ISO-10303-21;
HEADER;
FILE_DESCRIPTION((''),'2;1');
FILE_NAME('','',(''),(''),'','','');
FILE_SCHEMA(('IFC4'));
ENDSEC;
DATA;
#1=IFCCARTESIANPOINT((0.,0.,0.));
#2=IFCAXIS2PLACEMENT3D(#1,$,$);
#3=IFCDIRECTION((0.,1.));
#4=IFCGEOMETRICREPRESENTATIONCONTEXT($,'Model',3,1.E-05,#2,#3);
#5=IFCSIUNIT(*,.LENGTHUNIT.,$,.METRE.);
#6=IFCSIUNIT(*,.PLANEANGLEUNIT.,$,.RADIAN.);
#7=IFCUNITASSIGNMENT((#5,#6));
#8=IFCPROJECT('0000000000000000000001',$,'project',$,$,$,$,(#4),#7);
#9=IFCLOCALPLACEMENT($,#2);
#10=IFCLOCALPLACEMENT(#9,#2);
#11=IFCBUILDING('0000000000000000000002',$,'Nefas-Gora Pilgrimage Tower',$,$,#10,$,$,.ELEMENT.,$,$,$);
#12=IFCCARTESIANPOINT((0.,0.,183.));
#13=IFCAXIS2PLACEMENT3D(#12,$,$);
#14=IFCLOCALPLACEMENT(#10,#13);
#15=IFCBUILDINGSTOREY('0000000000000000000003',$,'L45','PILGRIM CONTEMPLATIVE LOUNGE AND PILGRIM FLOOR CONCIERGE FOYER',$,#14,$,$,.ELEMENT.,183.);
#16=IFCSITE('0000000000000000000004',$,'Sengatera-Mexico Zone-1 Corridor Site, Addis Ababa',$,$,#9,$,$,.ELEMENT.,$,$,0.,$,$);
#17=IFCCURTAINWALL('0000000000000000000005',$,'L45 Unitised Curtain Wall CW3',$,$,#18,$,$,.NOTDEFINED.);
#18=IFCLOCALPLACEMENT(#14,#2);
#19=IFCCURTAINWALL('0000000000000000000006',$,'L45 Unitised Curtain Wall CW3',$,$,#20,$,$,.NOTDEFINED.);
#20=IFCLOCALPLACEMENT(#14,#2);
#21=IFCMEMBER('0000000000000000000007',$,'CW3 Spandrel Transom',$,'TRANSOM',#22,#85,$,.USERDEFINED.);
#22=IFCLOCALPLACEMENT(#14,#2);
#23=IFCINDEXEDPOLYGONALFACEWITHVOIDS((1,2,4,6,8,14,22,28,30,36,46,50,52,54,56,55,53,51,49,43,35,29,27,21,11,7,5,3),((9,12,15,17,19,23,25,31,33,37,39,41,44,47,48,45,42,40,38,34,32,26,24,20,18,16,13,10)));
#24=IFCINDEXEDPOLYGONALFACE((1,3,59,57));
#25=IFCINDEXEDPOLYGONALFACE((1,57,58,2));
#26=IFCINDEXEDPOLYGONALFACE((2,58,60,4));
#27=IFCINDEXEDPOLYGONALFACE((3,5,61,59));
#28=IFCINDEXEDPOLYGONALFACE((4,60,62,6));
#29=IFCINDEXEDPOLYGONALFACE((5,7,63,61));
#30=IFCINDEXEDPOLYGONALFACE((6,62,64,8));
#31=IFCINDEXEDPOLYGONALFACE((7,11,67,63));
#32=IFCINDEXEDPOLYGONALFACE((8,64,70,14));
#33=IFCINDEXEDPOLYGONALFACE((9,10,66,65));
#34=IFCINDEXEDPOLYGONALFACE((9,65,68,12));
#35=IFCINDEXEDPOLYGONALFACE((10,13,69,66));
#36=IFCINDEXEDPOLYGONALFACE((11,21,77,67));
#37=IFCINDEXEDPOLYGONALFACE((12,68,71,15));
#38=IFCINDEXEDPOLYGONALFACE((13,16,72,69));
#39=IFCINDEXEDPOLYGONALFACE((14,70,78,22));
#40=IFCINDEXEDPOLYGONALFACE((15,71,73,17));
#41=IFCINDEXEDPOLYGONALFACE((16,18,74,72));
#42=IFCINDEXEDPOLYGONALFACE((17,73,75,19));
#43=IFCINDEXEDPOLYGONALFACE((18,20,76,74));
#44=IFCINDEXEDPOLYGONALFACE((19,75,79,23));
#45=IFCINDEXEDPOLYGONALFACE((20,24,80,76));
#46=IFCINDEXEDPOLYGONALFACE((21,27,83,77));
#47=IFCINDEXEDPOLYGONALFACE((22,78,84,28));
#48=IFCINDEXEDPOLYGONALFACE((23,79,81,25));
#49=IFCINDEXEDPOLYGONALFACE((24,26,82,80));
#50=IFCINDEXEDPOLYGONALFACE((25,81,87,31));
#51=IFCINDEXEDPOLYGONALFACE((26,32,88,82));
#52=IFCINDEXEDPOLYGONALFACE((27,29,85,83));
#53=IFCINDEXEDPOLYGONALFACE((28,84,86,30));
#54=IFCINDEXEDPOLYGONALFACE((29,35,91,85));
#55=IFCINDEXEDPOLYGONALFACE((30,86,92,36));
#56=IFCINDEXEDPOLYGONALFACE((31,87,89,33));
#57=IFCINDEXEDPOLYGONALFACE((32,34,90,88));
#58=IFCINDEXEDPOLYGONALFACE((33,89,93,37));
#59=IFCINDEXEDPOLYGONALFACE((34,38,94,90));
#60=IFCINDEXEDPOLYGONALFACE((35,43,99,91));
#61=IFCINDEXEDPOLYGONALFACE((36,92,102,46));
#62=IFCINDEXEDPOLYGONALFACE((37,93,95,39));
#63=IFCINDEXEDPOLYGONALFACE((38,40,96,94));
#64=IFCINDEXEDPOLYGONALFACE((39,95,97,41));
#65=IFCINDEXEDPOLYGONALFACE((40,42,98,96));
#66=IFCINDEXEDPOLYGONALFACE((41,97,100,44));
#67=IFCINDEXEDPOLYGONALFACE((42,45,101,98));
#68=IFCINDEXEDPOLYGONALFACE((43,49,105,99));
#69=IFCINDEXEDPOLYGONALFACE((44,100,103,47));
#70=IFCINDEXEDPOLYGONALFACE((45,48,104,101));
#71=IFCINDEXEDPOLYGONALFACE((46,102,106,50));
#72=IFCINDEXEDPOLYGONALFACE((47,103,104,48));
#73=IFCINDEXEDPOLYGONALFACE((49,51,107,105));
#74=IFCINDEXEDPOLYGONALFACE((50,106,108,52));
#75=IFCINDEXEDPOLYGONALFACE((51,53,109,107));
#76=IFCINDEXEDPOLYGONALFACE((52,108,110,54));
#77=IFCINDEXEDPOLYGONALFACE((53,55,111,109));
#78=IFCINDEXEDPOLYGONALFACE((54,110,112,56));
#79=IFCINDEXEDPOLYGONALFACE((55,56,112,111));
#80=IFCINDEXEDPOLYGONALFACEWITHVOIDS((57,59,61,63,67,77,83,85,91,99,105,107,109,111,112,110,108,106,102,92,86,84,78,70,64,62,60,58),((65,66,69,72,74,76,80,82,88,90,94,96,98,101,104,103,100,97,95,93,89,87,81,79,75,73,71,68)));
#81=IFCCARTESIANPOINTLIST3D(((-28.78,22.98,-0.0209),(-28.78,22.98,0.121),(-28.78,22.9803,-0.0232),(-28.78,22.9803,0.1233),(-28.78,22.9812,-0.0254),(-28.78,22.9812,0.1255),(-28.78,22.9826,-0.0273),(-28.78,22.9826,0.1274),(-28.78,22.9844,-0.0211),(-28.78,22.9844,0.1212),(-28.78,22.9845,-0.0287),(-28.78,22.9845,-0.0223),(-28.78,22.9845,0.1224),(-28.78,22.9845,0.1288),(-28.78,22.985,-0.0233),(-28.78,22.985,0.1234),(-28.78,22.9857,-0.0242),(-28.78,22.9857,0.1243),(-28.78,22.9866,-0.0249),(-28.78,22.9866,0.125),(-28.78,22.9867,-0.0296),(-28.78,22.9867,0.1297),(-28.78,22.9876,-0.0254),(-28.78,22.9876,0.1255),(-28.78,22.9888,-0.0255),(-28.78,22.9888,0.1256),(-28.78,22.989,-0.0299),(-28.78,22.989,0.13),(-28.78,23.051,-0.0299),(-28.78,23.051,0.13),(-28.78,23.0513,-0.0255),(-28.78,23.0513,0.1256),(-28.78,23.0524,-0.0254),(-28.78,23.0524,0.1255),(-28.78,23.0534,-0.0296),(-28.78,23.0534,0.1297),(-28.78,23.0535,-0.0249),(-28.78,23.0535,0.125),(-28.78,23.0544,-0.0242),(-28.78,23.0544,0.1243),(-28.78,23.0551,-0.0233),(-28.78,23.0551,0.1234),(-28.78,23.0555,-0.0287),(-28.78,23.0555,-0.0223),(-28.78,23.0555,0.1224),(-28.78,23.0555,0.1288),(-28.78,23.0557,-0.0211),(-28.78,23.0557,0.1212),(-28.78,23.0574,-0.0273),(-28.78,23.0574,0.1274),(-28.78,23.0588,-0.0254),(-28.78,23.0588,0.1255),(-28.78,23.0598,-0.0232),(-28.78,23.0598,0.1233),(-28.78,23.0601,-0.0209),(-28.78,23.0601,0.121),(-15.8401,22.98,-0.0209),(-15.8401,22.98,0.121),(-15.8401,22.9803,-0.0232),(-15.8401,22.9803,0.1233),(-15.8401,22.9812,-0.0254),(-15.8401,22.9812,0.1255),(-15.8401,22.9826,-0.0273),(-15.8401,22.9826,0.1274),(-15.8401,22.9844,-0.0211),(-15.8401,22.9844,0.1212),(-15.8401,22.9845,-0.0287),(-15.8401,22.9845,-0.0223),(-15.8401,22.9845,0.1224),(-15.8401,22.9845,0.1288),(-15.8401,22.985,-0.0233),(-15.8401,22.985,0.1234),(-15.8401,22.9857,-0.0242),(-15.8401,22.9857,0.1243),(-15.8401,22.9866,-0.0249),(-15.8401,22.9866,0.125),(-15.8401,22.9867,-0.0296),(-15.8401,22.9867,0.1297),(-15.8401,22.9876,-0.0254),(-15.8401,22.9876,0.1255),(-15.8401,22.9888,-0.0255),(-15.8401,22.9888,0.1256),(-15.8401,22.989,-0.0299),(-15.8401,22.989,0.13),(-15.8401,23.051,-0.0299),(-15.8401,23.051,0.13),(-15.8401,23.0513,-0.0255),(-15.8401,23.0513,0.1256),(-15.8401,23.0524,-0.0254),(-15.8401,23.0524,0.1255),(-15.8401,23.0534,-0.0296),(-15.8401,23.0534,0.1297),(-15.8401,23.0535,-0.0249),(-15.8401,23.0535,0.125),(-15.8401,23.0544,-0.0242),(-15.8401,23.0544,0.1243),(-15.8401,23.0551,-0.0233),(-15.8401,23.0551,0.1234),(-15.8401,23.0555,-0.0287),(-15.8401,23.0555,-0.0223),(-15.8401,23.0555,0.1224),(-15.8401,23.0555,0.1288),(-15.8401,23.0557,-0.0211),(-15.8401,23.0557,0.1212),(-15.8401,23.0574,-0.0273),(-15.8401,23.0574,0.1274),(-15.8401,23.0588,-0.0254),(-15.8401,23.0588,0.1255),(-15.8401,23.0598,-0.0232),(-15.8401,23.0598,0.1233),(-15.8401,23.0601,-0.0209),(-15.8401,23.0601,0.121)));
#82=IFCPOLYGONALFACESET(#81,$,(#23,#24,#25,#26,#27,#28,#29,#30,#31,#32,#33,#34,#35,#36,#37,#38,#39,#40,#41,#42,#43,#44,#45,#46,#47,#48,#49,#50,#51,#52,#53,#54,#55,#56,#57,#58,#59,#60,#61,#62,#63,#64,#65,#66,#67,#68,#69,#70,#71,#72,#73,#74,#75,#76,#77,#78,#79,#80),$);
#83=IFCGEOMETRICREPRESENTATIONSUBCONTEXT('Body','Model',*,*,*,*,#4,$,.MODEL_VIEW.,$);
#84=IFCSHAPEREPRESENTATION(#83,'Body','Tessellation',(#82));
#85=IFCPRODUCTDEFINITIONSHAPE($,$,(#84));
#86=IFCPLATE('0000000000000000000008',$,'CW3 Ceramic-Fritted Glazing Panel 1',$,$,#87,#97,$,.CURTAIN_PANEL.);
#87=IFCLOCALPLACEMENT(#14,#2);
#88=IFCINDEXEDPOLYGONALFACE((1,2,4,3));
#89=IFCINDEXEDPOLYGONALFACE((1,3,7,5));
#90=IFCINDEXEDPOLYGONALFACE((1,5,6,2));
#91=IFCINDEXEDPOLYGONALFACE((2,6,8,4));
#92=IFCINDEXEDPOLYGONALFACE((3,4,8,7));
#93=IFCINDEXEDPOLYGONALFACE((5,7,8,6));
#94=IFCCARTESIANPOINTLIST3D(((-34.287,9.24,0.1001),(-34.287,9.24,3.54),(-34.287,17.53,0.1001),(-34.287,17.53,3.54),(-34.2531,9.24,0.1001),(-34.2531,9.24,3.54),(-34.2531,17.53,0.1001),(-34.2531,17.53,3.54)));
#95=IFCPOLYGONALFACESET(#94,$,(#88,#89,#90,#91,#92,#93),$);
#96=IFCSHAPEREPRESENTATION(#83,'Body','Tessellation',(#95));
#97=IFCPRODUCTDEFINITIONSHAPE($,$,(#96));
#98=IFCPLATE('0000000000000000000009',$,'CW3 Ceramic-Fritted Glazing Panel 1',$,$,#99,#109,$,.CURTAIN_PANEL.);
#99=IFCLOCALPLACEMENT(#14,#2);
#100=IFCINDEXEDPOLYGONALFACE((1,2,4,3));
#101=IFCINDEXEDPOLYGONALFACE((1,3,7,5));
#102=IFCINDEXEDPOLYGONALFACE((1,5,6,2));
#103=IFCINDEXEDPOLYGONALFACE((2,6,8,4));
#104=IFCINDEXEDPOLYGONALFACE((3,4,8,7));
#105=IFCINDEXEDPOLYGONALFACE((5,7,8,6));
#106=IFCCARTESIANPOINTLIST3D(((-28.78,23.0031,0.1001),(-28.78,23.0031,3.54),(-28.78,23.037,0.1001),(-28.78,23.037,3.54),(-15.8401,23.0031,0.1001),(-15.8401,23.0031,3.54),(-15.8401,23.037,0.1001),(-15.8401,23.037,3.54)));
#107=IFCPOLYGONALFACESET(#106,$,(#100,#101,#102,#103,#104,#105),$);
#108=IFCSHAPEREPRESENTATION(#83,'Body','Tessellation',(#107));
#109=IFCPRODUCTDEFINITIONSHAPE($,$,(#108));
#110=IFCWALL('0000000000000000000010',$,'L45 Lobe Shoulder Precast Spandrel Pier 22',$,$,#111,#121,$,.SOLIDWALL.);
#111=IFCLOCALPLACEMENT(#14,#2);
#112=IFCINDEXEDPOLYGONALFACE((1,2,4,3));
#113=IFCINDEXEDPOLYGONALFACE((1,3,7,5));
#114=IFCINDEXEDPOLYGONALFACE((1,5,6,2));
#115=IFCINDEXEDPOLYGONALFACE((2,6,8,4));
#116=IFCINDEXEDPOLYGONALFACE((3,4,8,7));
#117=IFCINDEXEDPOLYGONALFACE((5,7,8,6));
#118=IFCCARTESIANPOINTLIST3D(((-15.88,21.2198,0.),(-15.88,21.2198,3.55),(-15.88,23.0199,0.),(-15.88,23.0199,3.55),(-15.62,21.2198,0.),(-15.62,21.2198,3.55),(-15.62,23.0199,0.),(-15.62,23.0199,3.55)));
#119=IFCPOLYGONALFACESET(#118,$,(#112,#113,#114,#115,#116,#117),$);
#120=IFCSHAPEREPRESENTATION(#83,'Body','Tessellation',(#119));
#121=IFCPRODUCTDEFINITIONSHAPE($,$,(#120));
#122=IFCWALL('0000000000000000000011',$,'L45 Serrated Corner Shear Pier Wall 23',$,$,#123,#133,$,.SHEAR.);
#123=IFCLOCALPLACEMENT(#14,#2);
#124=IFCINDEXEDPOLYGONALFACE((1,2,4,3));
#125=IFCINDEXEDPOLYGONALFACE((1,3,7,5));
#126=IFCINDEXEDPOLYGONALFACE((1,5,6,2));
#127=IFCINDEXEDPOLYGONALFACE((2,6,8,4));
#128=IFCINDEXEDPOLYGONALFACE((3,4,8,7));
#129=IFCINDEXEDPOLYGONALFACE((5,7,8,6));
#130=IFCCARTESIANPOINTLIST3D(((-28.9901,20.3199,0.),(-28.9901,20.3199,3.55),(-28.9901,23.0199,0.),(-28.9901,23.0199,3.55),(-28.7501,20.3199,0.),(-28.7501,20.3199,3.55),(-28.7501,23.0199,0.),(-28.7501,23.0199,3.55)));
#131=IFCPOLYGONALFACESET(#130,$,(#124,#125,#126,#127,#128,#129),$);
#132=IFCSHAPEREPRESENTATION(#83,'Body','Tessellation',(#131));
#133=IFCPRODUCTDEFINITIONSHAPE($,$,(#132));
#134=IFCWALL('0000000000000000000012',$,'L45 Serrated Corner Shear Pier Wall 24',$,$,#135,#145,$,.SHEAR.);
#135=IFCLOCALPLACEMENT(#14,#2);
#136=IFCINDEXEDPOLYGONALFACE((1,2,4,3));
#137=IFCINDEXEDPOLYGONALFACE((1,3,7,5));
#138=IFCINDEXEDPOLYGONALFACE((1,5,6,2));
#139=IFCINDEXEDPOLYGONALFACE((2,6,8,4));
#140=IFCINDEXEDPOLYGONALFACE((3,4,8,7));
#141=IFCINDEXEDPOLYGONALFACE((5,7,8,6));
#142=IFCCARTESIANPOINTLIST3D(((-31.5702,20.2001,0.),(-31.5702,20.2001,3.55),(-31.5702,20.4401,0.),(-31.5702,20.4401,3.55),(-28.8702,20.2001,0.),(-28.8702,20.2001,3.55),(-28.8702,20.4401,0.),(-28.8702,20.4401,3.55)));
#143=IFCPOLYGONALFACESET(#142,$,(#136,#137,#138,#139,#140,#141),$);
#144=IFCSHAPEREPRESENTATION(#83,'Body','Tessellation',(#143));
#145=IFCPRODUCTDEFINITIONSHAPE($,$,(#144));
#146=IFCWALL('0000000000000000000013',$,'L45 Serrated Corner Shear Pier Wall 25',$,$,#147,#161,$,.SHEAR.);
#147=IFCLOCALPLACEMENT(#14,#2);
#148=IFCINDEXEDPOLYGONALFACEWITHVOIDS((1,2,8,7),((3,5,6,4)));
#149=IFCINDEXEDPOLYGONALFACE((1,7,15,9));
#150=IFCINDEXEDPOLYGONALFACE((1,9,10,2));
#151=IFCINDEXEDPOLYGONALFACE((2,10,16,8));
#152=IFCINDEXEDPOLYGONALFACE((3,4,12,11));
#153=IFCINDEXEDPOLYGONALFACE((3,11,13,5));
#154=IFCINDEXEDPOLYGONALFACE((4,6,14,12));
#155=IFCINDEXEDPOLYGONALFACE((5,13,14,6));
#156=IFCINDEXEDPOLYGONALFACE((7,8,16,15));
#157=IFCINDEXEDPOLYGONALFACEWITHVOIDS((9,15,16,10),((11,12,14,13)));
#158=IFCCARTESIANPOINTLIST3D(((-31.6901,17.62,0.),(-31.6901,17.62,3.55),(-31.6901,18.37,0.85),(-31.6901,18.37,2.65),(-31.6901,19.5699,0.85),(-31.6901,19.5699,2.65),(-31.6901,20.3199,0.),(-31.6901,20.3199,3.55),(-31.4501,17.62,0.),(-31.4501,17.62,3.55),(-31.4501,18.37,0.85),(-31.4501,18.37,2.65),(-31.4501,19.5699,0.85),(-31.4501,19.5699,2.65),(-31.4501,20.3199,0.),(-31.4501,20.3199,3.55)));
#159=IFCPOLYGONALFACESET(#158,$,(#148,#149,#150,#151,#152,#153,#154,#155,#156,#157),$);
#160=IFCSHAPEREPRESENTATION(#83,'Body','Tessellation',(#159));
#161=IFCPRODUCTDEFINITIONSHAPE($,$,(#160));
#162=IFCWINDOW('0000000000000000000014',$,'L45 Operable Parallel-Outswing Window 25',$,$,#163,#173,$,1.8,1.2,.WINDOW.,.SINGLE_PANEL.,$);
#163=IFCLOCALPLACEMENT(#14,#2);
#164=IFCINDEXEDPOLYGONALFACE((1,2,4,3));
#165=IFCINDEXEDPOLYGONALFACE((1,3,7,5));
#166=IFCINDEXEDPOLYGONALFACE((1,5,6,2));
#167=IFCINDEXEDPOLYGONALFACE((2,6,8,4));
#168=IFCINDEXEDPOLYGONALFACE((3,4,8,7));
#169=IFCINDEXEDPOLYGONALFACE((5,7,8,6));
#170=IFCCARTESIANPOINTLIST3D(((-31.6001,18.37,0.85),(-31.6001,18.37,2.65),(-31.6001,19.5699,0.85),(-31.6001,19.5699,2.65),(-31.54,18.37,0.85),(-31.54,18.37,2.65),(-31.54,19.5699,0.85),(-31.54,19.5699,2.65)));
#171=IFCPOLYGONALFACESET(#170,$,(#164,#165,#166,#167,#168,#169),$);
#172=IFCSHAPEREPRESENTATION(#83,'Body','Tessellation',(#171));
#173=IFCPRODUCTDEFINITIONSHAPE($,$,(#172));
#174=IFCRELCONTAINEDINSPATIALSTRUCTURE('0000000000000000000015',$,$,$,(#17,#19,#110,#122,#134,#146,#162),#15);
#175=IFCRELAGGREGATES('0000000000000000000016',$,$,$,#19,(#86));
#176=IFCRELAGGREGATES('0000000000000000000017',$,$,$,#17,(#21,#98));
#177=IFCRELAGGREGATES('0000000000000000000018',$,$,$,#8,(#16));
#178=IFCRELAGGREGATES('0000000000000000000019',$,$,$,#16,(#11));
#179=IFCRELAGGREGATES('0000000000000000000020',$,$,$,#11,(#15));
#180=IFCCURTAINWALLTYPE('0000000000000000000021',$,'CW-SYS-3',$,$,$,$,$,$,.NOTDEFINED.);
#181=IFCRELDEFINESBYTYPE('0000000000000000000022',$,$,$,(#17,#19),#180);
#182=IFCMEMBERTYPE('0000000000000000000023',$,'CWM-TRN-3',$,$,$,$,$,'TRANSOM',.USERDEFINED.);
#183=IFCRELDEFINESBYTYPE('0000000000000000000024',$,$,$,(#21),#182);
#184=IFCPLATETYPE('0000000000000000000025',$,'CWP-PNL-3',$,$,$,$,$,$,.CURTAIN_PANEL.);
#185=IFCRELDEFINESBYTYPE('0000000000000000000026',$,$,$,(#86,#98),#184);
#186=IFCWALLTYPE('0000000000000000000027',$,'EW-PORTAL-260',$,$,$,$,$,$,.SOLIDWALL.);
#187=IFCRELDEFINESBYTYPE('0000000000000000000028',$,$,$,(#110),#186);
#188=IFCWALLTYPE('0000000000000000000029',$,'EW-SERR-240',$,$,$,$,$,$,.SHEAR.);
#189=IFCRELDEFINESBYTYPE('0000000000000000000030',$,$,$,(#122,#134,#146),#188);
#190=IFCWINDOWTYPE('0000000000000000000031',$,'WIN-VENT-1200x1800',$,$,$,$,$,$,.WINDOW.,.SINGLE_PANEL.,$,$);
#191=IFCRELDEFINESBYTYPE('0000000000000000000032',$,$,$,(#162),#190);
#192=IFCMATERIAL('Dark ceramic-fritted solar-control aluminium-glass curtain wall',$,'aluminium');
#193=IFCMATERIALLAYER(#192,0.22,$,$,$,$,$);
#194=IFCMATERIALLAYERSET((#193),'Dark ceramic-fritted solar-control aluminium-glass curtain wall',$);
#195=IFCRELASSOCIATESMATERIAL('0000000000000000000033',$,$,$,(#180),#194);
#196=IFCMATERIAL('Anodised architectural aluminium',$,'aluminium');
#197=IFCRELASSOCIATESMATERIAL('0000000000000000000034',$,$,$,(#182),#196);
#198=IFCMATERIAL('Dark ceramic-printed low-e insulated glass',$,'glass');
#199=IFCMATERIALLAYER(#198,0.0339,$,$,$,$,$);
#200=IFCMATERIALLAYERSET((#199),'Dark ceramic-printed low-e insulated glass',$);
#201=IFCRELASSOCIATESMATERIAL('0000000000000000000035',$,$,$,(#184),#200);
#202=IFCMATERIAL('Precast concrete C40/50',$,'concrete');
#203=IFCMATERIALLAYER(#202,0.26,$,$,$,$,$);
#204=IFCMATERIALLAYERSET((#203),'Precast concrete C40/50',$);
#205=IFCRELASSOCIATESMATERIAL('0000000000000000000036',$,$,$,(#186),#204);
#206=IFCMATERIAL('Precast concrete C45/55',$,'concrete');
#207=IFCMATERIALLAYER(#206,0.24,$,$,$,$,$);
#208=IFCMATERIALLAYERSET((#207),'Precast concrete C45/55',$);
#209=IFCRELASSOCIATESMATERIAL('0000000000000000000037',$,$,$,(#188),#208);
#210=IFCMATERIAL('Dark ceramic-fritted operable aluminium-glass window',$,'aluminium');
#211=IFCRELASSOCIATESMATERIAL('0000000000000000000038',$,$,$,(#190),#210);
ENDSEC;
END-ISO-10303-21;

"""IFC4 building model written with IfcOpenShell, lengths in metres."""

from ifc_helpers import new_model, si_unit, direction, frame, frame_2d, origin, origin_2d, place, context, subcontext, project, spatial, rectangle, hollow_rectangle, extrude, source, transform, mapped, material, layer, layer_set, material_profile, profile_set, type_object, element, fill, aggregate, save


model = new_model("IFC4")

# Units and contexts
model_context = context("Model", 3, precision=1e-05, world=origin(), true_north=direction((0.0, 1.0)))
body_context = subcontext(model_context, "Body", "Model", "MODEL_VIEW")
ifc_project = project(units=[si_unit("LENGTHUNIT", "METRE"), si_unit("PLANEANGLEUNIT", "RADIAN")], contexts=[model_context])

# Site, building, storey
site_placement = place(None, origin())
site = spatial("IfcSite", under=ifc_project, at=site_placement, Name="Sengatera-Mexico Zone-1 Corridor Site, Addis Ababa", CompositionType="ELEMENT", RefElevation=0.0)
building_placement = place(site_placement, origin())
building = spatial("IfcBuilding", under=site, at=building_placement, Name="Nefas-Gora Pilgrimage Tower", CompositionType="ELEMENT")
storey_placement = place(building_placement, frame((0.0, 0.0, 183.0)))
storey = spatial("IfcBuildingStorey", under=building, at=storey_placement, Name="L45", Description="PILGRIM CONTEMPLATIVE LOUNGE AND PILGRIM FLOOR CONCIERGE FOYER", CompositionType="ELEMENT", Elevation=183.0)

# Shared definitions
ifc_material_1 = material(Name="Dark ceramic-fritted solar-control aluminium-glass curtain wall", Category="aluminium")
ifc_material_2 = material(Name="Anodised architectural aluminium", Category="aluminium")

# Curtain walls
ifc_layer_1 = layer(ifc_material_1, 0.22)
ifc_layer_set_1 = layer_set([ifc_layer_1], Name="Dark ceramic-fritted solar-control aluminium-glass curtain wall")
curtain_wall_type_1 = type_object("IfcCurtainWallType", Name="CW-SYS-3", PredefinedType="NOTDEFINED", material=ifc_layer_set_1)
curtain_wall_1_placement = place(storey_placement, origin())
curtain_wall_1 = element("IfcCurtainWall", 1, at=curtain_wall_1_placement, inside=storey, type_object=curtain_wall_type_1, Name="L45 Unitised Curtain Wall CW3", PredefinedType="NOTDEFINED")
curtain_wall_2_placement = place(storey_placement, origin())
curtain_wall_2 = element("IfcCurtainWall", 2, at=curtain_wall_2_placement, inside=storey, type_object=curtain_wall_type_1, Name="L45 Unitised Curtain Wall CW3", PredefinedType="NOTDEFINED")
ifc_material_profile_1 = material_profile(ifc_material_2, hollow_rectangle(XDim=0.0801, YDim=0.1599, WallThickness=0.0044, InnerFilletRadius=0.0044, OuterFilletRadius=0.009, at=origin_2d()), Name="ALU TRANSOM 80x160")
ifc_profile_set_1 = profile_set([ifc_material_profile_1], Name="Anodised architectural aluminium")
member_type_1 = type_object("IfcMemberType", Name="CWM-TRN-3", ElementType="TRANSOM", PredefinedType="USERDEFINED", material=ifc_profile_set_1)

# Member
shared_shape_1 = source(origin(), body_context, "Body", "SweptSolid", [
    extrude(hollow_rectangle(XDim=0.0801, YDim=0.1599, WallThickness=0.0044, InnerFilletRadius=0.0044, OuterFilletRadius=0.009, at=origin_2d()), origin(), (0.0, 0.0, 1.0), 12.9399),
])
member_1_placement = place(storey_placement, frame((-15.8401, 23.02, 0.05), z_axis=(-1.0, 0.0, 0.0), x_axis=(0.0, -1.0, 0.0)))
member_1 = element("IfcMember", 3, at=member_1_placement, type_object=member_type_1, Name="CW3 Spandrel Transom", ObjectType="TRANSOM", PredefinedType="USERDEFINED", context=body_context, shape_type="MappedRepresentation", body=[
    mapped(shared_shape_1, transform((0.0, 0.0, 0.0), x_axis=(1.0, 0.0, 0.0), y_axis=(0.0, 1.0, 0.0), z_axis=(0.0, 0.0, 1.0), scale=1.0)),
])

# Plates
ifc_material_3 = material(Name="Dark ceramic-printed low-e insulated glass", Category="glass")
ifc_layer_2 = layer(ifc_material_3, 0.0339)
ifc_layer_set_2 = layer_set([ifc_layer_2], Name="Dark ceramic-printed low-e insulated glass")
plate_type = type_object("IfcPlateType", Name="CWP-PNL-3", PredefinedType="CURTAIN_PANEL", material=ifc_layer_set_2)
shared_shape_2 = source(origin(), body_context, "Body", "SweptSolid", [
    extrude(rectangle(XDim=8.29, YDim=0.0339, at=origin_2d()), origin(), (0.0, 0.0, 1.0), 3.4399),
])
plate_1_placement = place(storey_placement, frame((-34.27, 13.385, 0.1001), z_axis=(0.0, 0.0, 1.0), x_axis=(0.0, -1.0, 0.0)))
plate_1 = element("IfcPlate", 4, at=plate_1_placement, type_object=plate_type, Name="CW3 Ceramic-Fritted Glazing Panel 1", PredefinedType="CURTAIN_PANEL", context=body_context, shape_type="MappedRepresentation", body=[
    mapped(shared_shape_2, transform((0.0, 0.0, 0.0), x_axis=(1.0, 0.0, 0.0), y_axis=(0.0, 1.0, 0.0), z_axis=(0.0, 0.0, 1.0), scale=1.0)),
])
aggregate(curtain_wall_2, [plate_1])
shared_shape_3 = source(origin(), body_context, "Body", "SweptSolid", [
    extrude(rectangle(XDim=12.9399, YDim=0.0339, at=origin_2d()), origin(), (0.0, 0.0, 1.0), 3.4399),
])
plate_2_placement = place(storey_placement, frame((-22.3101, 23.02, 0.1001), z_axis=(0.0, 0.0, 1.0), x_axis=(-1.0, 0.0, 0.0)))
plate_2 = element("IfcPlate", 5, at=plate_2_placement, type_object=plate_type, Name="CW3 Ceramic-Fritted Glazing Panel 1", PredefinedType="CURTAIN_PANEL", context=body_context, shape_type="MappedRepresentation", body=[
    mapped(shared_shape_3, transform((0.0, 0.0, 0.0), x_axis=(1.0, 0.0, 0.0), y_axis=(0.0, 1.0, 0.0), z_axis=(0.0, 0.0, 1.0), scale=1.0)),
])
aggregate(curtain_wall_1, [member_1, plate_2])

# Walls
ifc_material_4 = material(Name="Precast concrete C40/50", Category="concrete")
ifc_layer_3 = layer(ifc_material_4, 0.26)
ifc_layer_set_3 = layer_set([ifc_layer_3], Name="Precast concrete C40/50")
wall_type_1 = type_object("IfcWallType", Name="EW-PORTAL-260", PredefinedType="SOLIDWALL", material=ifc_layer_set_3)
shared_shape_4 = source(origin(), body_context, "Body", "SweptSolid", [
    extrude(rectangle(XDim=1.8, YDim=0.26, at=frame_2d((0.8999, 0.0))), origin(), (0.0, 0.0, 1.0), 3.55),
])
wall_1_placement = place(storey_placement, frame((-15.75, 21.22, 0.0), z_axis=(0.0, 0.0, 1.0), x_axis=(0.0, 1.0, 0.0)))
element("IfcWall", 6, at=wall_1_placement, inside=storey, type_object=wall_type_1, Name="L45 Lobe Shoulder Precast Spandrel Pier 22", PredefinedType="SOLIDWALL", context=body_context, shape_type="MappedRepresentation", body=[
    mapped(shared_shape_4, transform((0.0, 0.0, 0.0), x_axis=(1.0, 0.0, 0.0), y_axis=(0.0, 1.0, 0.0), z_axis=(0.0, 0.0, 1.0), scale=1.0)),
])
ifc_material_5 = material(Name="Precast concrete C45/55", Category="concrete")
ifc_layer_4 = layer(ifc_material_5, 0.24)
ifc_layer_set_4 = layer_set([ifc_layer_4], Name="Precast concrete C45/55")
wall_type_2 = type_object("IfcWallType", Name="EW-SERR-240", PredefinedType="SHEAR", material=ifc_layer_set_4)
shared_shape_5 = source(origin(), body_context, "Body", "SweptSolid", [
    extrude(rectangle(XDim=2.7, YDim=0.24, at=frame_2d((1.3501, 0.0))), origin(), (0.0, 0.0, 1.0), 3.55),
])
for number, where, z_axis, x_axis, name in (
    (7, (-28.8701, 23.02, 0.0), (0.0, 0.0, 1.0), (0.0, -1.0, 0.0), "L45 Serrated Corner Shear Pier Wall 23"),
    (8, (-28.8701, 20.3201, 0.0), (0.0, 0.0, 1.0), (-1.0, 0.0, 0.0), "L45 Serrated Corner Shear Pier Wall 24"),
):
    element("IfcWall", number, at=place(storey_placement, frame(where, z_axis=z_axis, x_axis=x_axis)), inside=storey, type_object=wall_type_2, Name=name, PredefinedType="SHEAR", context=body_context, shape_type="MappedRepresentation", body=[
        mapped(shared_shape_5, transform((0.0, 0.0, 0.0), x_axis=(1.0, 0.0, 0.0), y_axis=(0.0, 1.0, 0.0), z_axis=(0.0, 0.0, 1.0), scale=1.0)),
    ])

# Wall, opening, window
wall_2_placement = place(storey_placement, frame((-31.5701, 20.3201, 0.0), z_axis=(0.0, 0.0, 1.0), x_axis=(0.0, -1.0, 0.0)))
wall_2 = element("IfcWall", 9, at=wall_2_placement, inside=storey, type_object=wall_type_2, Name="L45 Serrated Corner Shear Pier Wall 25", PredefinedType="SHEAR", context=body_context, shape_type="MappedRepresentation", body=[
    mapped(shared_shape_5, transform((0.0, 0.0, 0.0), x_axis=(1.0, 0.0, 0.0), y_axis=(0.0, 1.0, 0.0), z_axis=(0.0, 0.0, 1.0), scale=1.0)),
])
opening_placement = place(wall_2_placement, frame((0.75, 0.0, 0.8501)))
opening = element("IfcOpeningElement", 10, at=opening_placement, cuts=wall_2, PredefinedType="OPENING", context=body_context, shape_type="SweptSolid", body=[
    extrude(rectangle(XDim=1.2, YDim=1.8, at=frame_2d((0.6001, 0.8999))), frame((0.0, 0.1299, 0.0), z_axis=(0.0, -1.0, 0.0), x_axis=(1.0, 0.0, 0.0)), (0.0, 0.0, 1.0), 0.26),
])
ifc_material_6 = material(Name="Dark ceramic-fritted operable aluminium-glass window", Category="aluminium")
window_type = type_object("IfcWindowType", Name="WIN-VENT-1200x1800", PartitioningType="SINGLE_PANEL", PredefinedType="WINDOW", material=ifc_material_6)
shared_shape_6 = source(origin(), body_context, "Body", "SweptSolid", [
    extrude(rectangle(XDim=1.2, YDim=1.8, at=frame_2d((0.6001, 0.8999))), frame((0.0, 0.03, 0.0), z_axis=(0.0, -1.0, 0.0), x_axis=(1.0, 0.0, 0.0)), (0.0, 0.0, 1.0), 0.0601),
])
window_placement = place(opening_placement, origin())
window = element("IfcWindow", 11, at=window_placement, inside=storey, type_object=window_type, Name="L45 Operable Parallel-Outswing Window 25", OverallHeight=1.8, OverallWidth=1.2, PartitioningType="SINGLE_PANEL", PredefinedType="WINDOW", context=body_context, shape_type="MappedRepresentation", body=[
    mapped(shared_shape_6, transform((0.0, 0.0, 0.0), x_axis=(1.0, 0.0, 0.0), y_axis=(0.0, 1.0, 0.0), z_axis=(0.0, 0.0, 1.0), scale=1.0)),
])
fill(opening, window)

save(model, "model.ifc")
